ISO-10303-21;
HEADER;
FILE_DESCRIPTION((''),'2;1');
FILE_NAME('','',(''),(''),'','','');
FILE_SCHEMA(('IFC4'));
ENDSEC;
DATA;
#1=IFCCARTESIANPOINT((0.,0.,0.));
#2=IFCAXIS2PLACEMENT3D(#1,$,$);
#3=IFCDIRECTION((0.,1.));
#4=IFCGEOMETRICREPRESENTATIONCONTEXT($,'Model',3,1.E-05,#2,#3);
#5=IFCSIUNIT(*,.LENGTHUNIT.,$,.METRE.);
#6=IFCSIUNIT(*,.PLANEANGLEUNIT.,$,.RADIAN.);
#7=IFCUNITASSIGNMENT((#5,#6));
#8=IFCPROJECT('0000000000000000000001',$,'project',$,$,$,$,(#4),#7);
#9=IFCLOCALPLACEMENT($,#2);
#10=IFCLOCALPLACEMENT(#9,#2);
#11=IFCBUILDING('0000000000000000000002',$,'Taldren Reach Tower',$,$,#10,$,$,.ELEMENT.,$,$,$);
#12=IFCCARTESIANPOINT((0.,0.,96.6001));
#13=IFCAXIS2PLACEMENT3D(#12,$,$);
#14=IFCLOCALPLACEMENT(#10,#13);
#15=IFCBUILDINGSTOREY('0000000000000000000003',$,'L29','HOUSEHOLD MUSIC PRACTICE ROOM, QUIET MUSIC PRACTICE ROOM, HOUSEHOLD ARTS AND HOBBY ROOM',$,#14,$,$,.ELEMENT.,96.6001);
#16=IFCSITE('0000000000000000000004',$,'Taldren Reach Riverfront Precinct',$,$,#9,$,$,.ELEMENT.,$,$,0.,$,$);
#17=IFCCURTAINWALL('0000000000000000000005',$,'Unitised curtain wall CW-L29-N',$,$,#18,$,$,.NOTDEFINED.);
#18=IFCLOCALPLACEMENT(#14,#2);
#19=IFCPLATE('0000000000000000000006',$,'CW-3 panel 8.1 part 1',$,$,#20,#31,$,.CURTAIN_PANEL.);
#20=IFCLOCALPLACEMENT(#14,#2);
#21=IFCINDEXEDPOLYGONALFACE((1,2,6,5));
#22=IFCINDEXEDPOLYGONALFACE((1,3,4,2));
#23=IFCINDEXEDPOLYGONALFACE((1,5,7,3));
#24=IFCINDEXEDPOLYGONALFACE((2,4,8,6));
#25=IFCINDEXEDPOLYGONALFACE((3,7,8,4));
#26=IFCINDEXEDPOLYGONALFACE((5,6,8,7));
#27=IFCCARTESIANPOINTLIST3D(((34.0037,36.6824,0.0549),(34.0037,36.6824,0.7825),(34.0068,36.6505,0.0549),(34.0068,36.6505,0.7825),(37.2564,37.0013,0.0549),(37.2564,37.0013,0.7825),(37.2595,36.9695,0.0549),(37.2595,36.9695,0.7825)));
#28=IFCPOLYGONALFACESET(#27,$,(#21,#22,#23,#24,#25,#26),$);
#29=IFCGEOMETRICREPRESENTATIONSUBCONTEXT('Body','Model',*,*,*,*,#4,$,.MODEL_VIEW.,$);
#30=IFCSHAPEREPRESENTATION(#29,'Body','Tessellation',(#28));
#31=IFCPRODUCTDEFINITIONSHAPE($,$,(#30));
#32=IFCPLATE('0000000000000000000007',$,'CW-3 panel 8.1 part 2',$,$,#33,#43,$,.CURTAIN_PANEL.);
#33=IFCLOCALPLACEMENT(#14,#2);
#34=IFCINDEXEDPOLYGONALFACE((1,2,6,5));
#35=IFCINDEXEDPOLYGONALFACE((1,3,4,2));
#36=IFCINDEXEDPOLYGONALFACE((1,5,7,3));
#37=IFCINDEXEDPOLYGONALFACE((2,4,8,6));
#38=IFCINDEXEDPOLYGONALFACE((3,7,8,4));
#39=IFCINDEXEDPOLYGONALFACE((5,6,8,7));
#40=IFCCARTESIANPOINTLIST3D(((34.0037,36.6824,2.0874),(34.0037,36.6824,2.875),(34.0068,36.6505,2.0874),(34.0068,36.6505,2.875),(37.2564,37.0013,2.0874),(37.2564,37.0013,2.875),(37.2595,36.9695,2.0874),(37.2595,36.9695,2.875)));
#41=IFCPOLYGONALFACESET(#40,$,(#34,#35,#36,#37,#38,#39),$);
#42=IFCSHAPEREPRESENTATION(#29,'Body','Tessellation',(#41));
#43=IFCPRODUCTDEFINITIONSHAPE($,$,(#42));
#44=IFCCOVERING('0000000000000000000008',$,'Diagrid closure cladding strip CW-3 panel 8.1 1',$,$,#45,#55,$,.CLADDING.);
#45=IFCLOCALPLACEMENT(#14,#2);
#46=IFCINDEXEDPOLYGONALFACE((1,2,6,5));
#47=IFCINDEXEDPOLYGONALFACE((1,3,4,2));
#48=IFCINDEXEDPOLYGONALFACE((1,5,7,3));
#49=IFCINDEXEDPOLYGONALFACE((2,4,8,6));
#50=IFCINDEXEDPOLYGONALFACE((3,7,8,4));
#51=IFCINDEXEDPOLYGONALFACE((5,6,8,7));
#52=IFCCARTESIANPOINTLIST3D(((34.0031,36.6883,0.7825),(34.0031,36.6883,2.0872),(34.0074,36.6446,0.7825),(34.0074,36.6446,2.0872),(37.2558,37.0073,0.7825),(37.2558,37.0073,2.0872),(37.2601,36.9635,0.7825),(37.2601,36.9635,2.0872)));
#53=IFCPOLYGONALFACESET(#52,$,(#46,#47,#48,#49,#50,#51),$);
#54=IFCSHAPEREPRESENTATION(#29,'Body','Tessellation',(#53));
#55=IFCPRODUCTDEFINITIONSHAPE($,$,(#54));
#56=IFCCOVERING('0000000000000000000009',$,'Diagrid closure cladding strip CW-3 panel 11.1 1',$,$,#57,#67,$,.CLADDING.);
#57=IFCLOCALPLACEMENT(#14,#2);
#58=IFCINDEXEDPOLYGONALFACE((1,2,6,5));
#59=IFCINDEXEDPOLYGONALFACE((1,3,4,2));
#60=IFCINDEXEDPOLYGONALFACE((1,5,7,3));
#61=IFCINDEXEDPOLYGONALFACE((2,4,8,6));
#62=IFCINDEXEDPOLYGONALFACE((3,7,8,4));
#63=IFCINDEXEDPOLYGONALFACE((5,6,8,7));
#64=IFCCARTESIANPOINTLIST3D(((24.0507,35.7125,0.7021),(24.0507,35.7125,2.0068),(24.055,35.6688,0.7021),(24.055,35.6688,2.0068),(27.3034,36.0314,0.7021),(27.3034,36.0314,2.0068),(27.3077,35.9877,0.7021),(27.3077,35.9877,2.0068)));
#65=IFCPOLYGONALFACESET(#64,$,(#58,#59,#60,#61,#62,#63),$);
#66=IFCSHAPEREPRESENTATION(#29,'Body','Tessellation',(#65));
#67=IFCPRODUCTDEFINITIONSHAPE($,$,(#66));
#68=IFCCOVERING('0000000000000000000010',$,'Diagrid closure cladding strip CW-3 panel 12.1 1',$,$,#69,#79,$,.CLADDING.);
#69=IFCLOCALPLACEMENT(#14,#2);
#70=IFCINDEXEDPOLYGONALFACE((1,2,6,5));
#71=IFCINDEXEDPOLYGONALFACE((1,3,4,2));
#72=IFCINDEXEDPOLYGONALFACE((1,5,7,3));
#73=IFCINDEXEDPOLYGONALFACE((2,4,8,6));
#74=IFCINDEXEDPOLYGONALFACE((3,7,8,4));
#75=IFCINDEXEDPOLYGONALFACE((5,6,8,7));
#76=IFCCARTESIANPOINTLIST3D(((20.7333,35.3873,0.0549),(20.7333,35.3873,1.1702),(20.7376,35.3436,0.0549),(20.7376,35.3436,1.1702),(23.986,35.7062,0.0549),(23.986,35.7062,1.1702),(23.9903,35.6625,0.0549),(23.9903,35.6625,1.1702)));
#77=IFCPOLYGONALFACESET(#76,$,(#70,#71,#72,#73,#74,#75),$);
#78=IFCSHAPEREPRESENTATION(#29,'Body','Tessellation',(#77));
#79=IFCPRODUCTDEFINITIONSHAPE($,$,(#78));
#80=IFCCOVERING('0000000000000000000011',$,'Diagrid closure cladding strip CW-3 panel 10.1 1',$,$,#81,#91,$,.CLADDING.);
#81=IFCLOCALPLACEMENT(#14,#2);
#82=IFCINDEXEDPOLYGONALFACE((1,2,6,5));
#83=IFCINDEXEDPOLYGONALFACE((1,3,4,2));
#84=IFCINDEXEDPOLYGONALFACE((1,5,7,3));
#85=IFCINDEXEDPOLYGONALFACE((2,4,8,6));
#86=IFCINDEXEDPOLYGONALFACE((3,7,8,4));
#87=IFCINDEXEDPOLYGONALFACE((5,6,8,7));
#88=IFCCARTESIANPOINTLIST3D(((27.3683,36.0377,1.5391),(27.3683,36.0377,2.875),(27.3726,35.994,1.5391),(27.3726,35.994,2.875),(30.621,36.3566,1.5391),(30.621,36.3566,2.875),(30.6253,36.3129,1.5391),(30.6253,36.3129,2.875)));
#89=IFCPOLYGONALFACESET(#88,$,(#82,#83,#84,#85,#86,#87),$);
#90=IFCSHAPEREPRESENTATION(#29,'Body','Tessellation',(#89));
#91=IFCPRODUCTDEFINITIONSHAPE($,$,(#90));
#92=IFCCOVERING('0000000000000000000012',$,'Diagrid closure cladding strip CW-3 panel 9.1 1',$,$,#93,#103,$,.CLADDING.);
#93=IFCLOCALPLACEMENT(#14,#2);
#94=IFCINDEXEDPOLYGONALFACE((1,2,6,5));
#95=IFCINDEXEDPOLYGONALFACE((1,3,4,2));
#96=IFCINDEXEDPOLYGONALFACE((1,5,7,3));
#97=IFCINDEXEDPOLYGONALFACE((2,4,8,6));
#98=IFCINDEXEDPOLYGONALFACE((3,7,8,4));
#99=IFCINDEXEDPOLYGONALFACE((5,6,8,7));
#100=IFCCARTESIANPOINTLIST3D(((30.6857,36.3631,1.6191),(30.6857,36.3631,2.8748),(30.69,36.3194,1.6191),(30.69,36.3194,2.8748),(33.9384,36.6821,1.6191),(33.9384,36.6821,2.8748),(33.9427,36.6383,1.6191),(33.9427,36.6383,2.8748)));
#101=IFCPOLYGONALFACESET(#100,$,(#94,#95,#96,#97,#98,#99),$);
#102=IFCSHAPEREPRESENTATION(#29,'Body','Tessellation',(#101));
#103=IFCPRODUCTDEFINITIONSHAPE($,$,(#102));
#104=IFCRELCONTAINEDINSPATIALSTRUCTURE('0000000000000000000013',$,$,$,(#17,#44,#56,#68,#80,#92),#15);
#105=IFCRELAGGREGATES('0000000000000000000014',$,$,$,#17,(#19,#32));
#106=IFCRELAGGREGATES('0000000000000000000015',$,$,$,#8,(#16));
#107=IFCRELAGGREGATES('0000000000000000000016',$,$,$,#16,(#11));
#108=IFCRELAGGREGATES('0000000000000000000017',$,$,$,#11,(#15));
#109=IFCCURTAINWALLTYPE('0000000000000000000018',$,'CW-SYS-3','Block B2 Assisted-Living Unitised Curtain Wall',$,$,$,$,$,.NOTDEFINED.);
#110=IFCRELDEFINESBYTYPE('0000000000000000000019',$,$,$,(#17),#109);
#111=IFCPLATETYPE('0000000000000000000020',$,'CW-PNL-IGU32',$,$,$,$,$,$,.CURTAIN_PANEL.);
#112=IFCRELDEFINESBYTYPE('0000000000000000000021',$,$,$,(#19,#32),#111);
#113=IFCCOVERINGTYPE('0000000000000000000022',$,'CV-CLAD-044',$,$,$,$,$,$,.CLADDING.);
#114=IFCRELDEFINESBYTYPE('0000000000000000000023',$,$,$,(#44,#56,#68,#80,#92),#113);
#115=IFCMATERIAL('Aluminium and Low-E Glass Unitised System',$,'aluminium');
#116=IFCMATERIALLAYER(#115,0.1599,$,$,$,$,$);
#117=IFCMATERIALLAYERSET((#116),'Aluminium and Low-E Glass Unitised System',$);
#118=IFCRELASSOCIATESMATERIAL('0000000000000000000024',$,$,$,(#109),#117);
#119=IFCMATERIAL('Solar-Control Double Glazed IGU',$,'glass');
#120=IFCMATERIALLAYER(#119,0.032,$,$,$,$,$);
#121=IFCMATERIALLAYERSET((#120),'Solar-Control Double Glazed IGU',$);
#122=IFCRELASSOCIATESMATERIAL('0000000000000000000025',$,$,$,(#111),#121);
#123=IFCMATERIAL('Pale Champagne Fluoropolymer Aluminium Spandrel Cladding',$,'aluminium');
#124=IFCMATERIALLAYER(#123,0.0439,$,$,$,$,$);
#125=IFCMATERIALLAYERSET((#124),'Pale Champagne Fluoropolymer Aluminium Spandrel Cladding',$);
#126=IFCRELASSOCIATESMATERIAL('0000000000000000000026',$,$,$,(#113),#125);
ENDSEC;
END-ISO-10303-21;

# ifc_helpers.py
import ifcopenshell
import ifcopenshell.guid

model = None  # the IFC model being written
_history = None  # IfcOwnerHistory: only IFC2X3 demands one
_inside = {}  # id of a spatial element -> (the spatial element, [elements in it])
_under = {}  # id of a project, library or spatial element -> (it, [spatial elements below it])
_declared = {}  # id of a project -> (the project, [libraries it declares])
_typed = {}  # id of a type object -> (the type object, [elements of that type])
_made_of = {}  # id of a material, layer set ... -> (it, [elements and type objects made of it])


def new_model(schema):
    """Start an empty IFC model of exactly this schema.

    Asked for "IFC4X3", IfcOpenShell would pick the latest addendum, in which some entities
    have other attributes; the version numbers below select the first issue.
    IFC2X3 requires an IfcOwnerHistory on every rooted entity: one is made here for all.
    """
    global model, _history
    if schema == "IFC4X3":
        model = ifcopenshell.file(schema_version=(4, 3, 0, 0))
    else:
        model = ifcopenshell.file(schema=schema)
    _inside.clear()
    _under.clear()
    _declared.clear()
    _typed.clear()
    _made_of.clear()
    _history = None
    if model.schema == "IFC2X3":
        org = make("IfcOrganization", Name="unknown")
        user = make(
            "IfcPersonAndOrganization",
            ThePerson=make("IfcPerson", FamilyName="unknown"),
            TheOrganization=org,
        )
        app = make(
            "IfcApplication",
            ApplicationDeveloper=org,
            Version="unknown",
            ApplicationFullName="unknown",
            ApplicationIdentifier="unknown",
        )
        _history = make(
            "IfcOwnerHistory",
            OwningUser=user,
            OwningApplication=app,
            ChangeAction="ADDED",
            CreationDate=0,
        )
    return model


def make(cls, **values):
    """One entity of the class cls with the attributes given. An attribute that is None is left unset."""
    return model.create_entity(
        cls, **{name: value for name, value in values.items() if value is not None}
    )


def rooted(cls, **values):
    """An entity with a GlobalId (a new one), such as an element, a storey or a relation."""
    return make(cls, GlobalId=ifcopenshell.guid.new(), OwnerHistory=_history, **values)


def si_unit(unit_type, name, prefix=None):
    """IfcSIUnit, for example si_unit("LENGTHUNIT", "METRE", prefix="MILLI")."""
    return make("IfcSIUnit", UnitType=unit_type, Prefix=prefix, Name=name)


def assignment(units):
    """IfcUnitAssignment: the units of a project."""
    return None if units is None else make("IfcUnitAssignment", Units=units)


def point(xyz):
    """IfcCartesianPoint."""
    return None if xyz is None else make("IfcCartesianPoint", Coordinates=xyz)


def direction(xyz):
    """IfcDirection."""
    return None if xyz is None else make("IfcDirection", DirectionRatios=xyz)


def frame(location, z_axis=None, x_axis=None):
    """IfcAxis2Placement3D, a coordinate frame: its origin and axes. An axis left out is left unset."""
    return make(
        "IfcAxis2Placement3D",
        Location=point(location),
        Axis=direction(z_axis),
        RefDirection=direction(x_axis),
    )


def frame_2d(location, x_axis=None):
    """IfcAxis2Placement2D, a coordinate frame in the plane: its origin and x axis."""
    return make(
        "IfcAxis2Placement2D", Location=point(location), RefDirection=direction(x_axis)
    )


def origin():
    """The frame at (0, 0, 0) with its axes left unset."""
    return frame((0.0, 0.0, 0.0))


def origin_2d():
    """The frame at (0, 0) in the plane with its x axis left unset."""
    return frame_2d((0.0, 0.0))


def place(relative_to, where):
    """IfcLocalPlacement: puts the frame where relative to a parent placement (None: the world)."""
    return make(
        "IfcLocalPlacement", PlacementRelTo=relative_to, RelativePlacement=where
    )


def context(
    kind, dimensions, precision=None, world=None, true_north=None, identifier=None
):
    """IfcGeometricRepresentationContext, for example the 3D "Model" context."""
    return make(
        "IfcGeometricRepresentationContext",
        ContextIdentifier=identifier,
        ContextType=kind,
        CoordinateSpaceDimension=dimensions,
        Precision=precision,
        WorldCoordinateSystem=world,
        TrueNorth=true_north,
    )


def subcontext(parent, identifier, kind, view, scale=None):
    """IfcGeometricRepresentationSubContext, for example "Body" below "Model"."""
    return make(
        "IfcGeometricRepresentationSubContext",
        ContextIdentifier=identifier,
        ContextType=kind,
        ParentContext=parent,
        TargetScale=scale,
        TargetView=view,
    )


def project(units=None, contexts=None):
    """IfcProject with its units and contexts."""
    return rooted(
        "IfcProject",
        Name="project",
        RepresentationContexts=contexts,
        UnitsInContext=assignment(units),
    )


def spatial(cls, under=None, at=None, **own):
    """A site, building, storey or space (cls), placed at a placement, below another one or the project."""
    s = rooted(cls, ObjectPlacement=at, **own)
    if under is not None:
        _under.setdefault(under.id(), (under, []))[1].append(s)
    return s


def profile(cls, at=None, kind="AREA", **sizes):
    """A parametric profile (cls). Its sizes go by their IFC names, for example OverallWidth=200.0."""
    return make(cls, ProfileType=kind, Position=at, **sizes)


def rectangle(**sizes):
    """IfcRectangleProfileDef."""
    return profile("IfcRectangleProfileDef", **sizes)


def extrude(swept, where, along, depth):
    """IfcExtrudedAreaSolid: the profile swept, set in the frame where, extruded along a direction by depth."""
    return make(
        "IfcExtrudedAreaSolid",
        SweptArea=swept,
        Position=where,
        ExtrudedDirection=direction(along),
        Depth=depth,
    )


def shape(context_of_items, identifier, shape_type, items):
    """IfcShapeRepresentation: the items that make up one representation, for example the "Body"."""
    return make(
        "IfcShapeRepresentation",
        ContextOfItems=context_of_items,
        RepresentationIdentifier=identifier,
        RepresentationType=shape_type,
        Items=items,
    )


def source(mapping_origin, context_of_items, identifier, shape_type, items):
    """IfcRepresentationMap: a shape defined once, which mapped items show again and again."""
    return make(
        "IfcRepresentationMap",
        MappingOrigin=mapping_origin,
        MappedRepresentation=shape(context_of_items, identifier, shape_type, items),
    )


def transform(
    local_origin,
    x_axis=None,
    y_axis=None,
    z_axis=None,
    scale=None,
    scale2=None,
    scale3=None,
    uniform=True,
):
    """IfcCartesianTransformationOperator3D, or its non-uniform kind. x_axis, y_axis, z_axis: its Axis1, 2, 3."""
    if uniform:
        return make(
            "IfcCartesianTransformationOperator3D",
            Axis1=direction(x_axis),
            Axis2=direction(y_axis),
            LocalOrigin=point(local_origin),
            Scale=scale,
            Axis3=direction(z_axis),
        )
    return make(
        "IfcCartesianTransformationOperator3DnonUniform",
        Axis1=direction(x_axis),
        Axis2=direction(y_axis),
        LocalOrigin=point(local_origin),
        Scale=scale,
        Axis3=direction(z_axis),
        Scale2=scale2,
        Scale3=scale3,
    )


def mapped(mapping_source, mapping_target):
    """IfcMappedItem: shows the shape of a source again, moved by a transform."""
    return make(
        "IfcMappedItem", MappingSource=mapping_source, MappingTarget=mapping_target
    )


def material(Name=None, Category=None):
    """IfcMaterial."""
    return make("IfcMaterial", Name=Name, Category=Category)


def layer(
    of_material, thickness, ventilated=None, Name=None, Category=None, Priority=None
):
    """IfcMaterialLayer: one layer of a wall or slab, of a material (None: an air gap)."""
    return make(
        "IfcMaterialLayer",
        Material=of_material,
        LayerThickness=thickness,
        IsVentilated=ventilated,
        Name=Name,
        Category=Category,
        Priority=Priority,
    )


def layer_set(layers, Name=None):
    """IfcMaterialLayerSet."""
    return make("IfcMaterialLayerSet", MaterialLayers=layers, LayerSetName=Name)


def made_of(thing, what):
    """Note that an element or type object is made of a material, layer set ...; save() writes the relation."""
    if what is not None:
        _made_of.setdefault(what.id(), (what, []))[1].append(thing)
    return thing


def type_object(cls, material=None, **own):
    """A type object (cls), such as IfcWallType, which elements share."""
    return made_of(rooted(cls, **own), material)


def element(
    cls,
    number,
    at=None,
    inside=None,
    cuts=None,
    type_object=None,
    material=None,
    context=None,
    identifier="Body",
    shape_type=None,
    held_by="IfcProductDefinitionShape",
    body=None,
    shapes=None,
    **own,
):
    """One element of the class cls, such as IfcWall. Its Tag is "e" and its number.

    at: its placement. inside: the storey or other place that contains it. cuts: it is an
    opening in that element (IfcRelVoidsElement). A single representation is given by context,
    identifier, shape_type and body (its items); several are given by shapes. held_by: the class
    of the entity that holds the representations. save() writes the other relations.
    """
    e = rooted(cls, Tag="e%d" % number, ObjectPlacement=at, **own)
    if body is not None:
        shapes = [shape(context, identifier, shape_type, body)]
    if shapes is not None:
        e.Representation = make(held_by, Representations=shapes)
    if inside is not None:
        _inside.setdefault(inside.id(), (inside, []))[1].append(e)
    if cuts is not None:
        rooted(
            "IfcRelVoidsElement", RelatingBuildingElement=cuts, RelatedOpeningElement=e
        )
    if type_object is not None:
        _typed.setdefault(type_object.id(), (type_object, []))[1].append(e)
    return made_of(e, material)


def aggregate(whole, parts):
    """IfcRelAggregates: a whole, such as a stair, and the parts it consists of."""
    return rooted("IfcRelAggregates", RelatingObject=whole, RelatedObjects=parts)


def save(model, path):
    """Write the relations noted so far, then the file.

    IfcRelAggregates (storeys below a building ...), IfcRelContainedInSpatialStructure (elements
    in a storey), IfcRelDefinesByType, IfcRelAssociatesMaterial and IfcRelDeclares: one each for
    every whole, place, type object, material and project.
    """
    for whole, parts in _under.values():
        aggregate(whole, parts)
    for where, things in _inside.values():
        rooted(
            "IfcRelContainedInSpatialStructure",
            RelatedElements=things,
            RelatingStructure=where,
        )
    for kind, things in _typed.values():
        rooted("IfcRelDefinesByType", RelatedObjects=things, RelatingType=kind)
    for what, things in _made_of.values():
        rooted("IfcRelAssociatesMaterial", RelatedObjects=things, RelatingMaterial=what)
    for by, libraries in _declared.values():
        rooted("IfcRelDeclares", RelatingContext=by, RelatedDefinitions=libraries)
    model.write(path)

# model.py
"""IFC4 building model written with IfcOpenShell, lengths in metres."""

from ifc_helpers import new_model, si_unit, direction, frame, origin, origin_2d, place, context, subcontext, project, spatial, rectangle, extrude, source, transform, mapped, material, layer, layer_set, type_object, element, aggregate, save


model = new_model("IFC4")

# Units and contexts
model_context = context("Model", 3, precision=1e-05, world=origin(), true_north=direction((0.0, 1.0)))
body_context = subcontext(model_context, "Body", "Model", "MODEL_VIEW")
ifc_project = project(units=[si_unit("LENGTHUNIT", "METRE"), si_unit("PLANEANGLEUNIT", "RADIAN")], contexts=[model_context])

# Site, building, storey
site_placement = place(None, origin())
site = spatial("IfcSite", under=ifc_project, at=site_placement, Name="Taldren Reach Riverfront Precinct", CompositionType="ELEMENT", RefElevation=0.0)
building_placement = place(site_placement, origin())
building = spatial("IfcBuilding", under=site, at=building_placement, Name="Taldren Reach Tower", CompositionType="ELEMENT")
storey_placement = place(building_placement, frame((0.0, 0.0, 96.6001)))
storey = spatial("IfcBuildingStorey", under=building, at=storey_placement, Name="L29", Description="HOUSEHOLD MUSIC PRACTICE ROOM, QUIET MUSIC PRACTICE ROOM, HOUSEHOLD ARTS AND HOBBY ROOM", CompositionType="ELEMENT", Elevation=96.6001)

# Curtain wall
ifc_material_1 = material(Name="Aluminium and Low-E Glass Unitised System", Category="aluminium")
ifc_layer_1 = layer(ifc_material_1, 0.1599)
ifc_layer_set_1 = layer_set([ifc_layer_1], Name="Aluminium and Low-E Glass Unitised System")
curtain_wall_type = type_object("IfcCurtainWallType", Name="CW-SYS-3", Description="Block B2 Assisted-Living Unitised Curtain Wall", PredefinedType="NOTDEFINED", material=ifc_layer_set_1)
curtain_wall_placement = place(storey_placement, origin())
curtain_wall = element("IfcCurtainWall", 1, at=curtain_wall_placement, inside=storey, type_object=curtain_wall_type, Name="Unitised curtain wall CW-L29-N", PredefinedType="NOTDEFINED")

# Plates
ifc_material_2 = material(Name="Solar-Control Double Glazed IGU", Category="glass")
ifc_layer_2 = layer(ifc_material_2, 0.032)
ifc_layer_set_2 = layer_set([ifc_layer_2], Name="Solar-Control Double Glazed IGU")
plate_type_1 = type_object("IfcPlateType", Name="CW-PNL-IGU32", PredefinedType="CURTAIN_PANEL", material=ifc_layer_set_2)
shared_shape_1 = source(origin(), body_context, "Body", "SweptSolid", [
    extrude(rectangle(XDim=3.2683, YDim=0.032, at=origin_2d()), origin(), (0.0, 0.0, 1.0), 0.7275),
])
plate_1_placement = place(storey_placement, frame((35.6316, 36.8259, 0.0549), z_axis=(0.0, 0.0, 1.0), x_axis=(-0.995227, -0.097583, 0.0)))
plate_1 = element("IfcPlate", 2, at=plate_1_placement, type_object=plate_type_1, Name="CW-3 panel 8.1 part 1", PredefinedType="CURTAIN_PANEL", context=body_context, shape_type="MappedRepresentation", body=[
    mapped(shared_shape_1, transform((0.0, 0.0, 0.0), scale=1.0)),
])
shared_shape_2 = source(origin(), body_context, "Body", "SweptSolid", [
    extrude(rectangle(XDim=3.2683, YDim=0.032, at=origin_2d()), origin(), (0.0, 0.0, 1.0), 0.7876),
])
plate_2_placement = place(storey_placement, frame((35.6316, 36.8259, 2.0874), z_axis=(0.0, 0.0, 1.0), x_axis=(-0.995227, -0.097583, 0.0)))
plate_2 = element("IfcPlate", 3, at=plate_2_placement, type_object=plate_type_1, Name="CW-3 panel 8.1 part 2", PredefinedType="CURTAIN_PANEL", context=body_context, shape_type="MappedRepresentation", body=[
    mapped(shared_shape_2, transform((0.0, 0.0, 0.0), scale=1.0)),
])
aggregate(curtain_wall, [plate_1, plate_2])

# Coverings
ifc_material_3 = material(Name="Pale Champagne Fluoropolymer Aluminium Spandrel Cladding", Category="aluminium")
ifc_layer_3 = layer(ifc_material_3, 0.0439)
ifc_layer_set_3 = layer_set([ifc_layer_3], Name="Pale Champagne Fluoropolymer Aluminium Spandrel Cladding")
covering_type = type_object("IfcCoveringType", Name="CV-CLAD-044", PredefinedType="CLADDING", material=ifc_layer_set_3)
shared_shape_3 = source(origin(), body_context, "Body", "SweptSolid", [
    extrude(rectangle(XDim=3.2683, YDim=0.0439, at=origin_2d()), origin(), (0.0, 0.0, 1.0), 1.3047),
])
for number, where, z_axis, x_axis, name in (
    (4, (35.6316, 36.8259, 0.7825), (0.0, 0.0, 1.0), (-0.995227, -0.097583, 0.0), "Diagrid closure cladding strip CW-3 panel 8.1 1"),
    (5, (25.6792, 35.8501, 0.7021), (0.0, 0.0, 1.0), (-0.995227, -0.097583, 0.0), "Diagrid closure cladding strip CW-3 panel 11.1 1"),
):
    element("IfcCovering", number, at=place(storey_placement, frame(where, z_axis=z_axis, x_axis=x_axis)), inside=storey, type_object=covering_type, Name=name, PredefinedType="CLADDING", context=body_context, shape_type="MappedRepresentation", body=[
        mapped(shared_shape_3, transform((0.0, 0.0, 0.0), scale=1.0)),
    ])
shared_shape_4 = source(origin(), body_context, "Body", "SweptSolid", [
    extrude(rectangle(XDim=3.2683, YDim=0.0439, at=origin_2d()), origin(), (0.0, 0.0, 1.0), 1.1152),
])
covering_1_placement = place(storey_placement, frame((22.3618, 35.5249, 0.0549), z_axis=(0.0, 0.0, 1.0), x_axis=(-0.995227, -0.097583, 0.0)))
element("IfcCovering", 6, at=covering_1_placement, inside=storey, type_object=covering_type, Name="Diagrid closure cladding strip CW-3 panel 12.1 1", PredefinedType="CLADDING", context=body_context, shape_type="MappedRepresentation", body=[
    mapped(shared_shape_4, transform((0.0, 0.0, 0.0), scale=1.0)),
])
shared_shape_5 = source(origin(), body_context, "Body", "SweptSolid", [
    extrude(rectangle(XDim=3.2683, YDim=0.0439, at=origin_2d()), origin(), (0.0, 0.0, 1.0), 1.3359),
])
covering_2_placement = place(storey_placement, frame((28.9968, 36.1753, 1.5391), z_axis=(0.0, 0.0, 1.0), x_axis=(-0.995227, -0.097583, 0.0)))
element("IfcCovering", 7, at=covering_2_placement, inside=storey, type_object=covering_type, Name="Diagrid closure cladding strip CW-3 panel 10.1 1", PredefinedType="CLADDING", context=body_context, shape_type="MappedRepresentation", body=[
    mapped(shared_shape_5, transform((0.0, 0.0, 0.0), scale=1.0)),
])
shared_shape_6 = source(origin(), body_context, "Body", "SweptSolid", [
    extrude(rectangle(XDim=3.2683, YDim=0.0439, at=origin_2d()), origin(), (0.0, 0.0, 1.0), 1.2556),
])
covering_3_placement = place(storey_placement, frame((32.3142, 36.5007, 1.6191), z_axis=(0.0, 0.0, 1.0), x_axis=(-0.995227, -0.097583, 0.0)))
element("IfcCovering", 8, at=covering_3_placement, inside=storey, type_object=covering_type, Name="Diagrid closure cladding strip CW-3 panel 9.1 1", PredefinedType="CLADDING", context=body_context, shape_type="MappedRepresentation", body=[
    mapped(shared_shape_6, transform((0.0, 0.0, 0.0), scale=1.0)),
])

save(model, "model.ifc")
